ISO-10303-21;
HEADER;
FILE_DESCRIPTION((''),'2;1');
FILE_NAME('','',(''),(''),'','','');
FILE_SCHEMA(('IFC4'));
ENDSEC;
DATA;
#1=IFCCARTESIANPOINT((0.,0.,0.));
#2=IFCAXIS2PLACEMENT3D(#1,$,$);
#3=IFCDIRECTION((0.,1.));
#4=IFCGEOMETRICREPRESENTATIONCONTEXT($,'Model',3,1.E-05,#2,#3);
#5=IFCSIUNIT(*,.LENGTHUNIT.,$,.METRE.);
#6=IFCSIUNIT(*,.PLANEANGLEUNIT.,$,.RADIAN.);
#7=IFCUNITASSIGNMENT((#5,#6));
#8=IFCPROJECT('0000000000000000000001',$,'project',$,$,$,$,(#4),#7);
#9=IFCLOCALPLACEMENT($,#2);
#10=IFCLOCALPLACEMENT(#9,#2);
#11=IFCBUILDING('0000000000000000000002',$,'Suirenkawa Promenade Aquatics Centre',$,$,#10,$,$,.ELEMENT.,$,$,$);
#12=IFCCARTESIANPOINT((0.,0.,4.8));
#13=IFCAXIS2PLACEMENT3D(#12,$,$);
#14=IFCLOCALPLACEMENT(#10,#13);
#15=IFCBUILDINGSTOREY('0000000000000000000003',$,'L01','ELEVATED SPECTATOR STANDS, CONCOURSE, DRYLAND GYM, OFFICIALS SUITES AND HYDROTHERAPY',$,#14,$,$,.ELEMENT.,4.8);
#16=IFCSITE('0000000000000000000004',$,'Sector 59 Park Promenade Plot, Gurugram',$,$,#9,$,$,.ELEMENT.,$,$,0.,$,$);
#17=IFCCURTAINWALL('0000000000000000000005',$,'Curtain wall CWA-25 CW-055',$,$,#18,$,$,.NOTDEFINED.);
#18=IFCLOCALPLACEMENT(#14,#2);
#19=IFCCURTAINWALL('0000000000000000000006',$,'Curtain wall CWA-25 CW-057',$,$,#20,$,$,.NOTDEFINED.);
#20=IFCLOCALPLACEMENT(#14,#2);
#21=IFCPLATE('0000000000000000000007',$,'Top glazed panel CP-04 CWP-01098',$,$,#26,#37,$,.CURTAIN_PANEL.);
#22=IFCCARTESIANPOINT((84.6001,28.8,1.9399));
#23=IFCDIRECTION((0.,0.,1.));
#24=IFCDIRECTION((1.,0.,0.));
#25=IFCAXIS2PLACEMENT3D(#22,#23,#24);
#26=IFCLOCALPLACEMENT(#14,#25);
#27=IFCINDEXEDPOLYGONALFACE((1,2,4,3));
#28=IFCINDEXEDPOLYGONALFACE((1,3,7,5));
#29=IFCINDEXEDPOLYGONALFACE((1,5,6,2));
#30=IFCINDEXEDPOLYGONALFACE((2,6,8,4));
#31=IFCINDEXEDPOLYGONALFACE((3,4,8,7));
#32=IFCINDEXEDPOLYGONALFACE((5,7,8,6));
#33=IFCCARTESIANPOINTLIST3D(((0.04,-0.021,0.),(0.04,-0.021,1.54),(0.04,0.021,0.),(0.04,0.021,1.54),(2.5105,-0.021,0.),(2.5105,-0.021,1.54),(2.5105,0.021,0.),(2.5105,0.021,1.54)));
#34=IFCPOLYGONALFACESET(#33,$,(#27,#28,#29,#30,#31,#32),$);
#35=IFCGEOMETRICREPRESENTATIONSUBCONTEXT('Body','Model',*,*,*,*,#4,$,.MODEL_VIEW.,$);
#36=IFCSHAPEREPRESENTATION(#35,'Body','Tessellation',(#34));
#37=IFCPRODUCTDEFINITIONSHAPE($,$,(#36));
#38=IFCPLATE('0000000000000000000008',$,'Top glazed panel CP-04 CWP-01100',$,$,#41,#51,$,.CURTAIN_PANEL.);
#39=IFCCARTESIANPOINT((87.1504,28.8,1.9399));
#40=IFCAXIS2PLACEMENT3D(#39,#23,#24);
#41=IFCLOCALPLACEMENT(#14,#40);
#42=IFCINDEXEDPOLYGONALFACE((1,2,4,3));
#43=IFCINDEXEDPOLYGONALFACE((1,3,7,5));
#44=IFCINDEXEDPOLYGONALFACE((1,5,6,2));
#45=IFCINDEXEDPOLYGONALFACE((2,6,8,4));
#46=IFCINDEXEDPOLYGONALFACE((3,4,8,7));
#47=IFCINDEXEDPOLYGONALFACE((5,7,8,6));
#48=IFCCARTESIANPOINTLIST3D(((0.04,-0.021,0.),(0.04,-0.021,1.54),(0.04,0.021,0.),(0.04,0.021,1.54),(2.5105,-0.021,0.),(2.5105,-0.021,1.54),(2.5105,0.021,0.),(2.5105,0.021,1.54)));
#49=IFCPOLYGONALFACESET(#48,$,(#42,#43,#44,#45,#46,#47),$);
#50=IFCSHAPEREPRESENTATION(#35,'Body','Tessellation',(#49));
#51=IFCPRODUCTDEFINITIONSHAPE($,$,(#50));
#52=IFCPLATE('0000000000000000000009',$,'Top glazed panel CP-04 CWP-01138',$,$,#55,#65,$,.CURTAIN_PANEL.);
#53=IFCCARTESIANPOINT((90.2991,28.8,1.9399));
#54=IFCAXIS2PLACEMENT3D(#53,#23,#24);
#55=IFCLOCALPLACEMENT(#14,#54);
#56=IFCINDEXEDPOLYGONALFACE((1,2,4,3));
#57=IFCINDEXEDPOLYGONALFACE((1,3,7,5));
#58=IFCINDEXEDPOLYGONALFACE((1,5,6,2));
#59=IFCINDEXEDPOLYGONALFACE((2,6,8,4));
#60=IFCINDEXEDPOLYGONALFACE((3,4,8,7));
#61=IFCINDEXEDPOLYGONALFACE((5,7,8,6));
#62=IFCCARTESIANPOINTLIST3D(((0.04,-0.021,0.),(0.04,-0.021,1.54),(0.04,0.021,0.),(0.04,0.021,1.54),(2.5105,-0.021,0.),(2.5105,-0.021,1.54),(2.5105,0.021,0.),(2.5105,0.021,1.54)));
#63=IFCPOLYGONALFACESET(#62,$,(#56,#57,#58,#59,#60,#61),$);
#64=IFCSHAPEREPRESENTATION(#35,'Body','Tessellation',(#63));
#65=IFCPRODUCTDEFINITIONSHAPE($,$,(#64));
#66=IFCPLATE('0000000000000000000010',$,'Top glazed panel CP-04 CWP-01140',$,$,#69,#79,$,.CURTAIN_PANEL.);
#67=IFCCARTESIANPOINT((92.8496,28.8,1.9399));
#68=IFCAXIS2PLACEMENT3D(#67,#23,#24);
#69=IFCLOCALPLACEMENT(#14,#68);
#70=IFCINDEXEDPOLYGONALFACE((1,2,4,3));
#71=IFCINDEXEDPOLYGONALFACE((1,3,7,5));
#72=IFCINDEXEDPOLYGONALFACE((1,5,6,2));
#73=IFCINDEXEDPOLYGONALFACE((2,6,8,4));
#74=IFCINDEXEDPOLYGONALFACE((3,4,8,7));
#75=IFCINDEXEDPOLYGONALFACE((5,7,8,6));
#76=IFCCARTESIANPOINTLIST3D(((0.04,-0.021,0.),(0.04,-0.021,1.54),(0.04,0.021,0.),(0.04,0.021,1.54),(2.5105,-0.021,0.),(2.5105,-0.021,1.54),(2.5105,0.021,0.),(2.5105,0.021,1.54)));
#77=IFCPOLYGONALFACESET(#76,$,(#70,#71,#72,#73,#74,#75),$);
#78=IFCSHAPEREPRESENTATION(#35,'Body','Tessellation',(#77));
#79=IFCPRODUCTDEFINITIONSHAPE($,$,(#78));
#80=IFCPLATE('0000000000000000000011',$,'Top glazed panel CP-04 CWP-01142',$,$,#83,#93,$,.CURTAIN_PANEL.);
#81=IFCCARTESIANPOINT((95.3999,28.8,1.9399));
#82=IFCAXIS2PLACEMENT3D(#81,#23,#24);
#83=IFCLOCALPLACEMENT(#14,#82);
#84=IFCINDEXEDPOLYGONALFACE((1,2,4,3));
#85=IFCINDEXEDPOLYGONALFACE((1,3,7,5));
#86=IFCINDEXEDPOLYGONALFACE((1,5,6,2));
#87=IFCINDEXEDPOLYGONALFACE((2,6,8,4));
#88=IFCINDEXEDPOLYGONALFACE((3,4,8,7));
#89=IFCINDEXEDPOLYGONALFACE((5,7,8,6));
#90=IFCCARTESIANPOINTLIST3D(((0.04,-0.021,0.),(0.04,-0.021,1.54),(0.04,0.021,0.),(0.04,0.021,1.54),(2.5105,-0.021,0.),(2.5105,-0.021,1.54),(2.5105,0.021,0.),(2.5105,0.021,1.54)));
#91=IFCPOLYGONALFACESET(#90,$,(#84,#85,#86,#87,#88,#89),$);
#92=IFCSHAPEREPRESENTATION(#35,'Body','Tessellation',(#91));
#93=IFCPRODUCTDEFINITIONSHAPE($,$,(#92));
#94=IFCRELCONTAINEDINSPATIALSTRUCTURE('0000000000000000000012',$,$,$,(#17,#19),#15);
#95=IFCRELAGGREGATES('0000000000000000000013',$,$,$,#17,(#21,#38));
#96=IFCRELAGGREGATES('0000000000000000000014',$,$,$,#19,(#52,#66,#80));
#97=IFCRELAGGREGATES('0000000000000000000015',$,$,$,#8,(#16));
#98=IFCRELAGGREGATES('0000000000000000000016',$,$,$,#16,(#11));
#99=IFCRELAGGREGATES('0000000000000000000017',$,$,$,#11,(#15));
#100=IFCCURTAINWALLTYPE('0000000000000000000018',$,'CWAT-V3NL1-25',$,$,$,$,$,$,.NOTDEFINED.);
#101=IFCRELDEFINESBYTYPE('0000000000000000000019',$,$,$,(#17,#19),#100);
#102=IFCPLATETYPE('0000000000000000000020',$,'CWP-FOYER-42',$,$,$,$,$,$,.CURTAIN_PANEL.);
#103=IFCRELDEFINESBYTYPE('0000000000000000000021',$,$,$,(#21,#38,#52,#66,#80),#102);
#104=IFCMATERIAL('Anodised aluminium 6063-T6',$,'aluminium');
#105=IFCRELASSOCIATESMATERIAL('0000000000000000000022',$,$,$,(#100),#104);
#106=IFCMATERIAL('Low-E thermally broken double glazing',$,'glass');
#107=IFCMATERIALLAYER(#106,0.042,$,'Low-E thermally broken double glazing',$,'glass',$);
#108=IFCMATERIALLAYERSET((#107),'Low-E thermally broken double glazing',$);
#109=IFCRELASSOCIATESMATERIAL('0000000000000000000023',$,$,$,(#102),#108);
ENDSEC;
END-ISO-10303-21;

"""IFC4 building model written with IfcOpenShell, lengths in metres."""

from ifc_helpers import new_model, si_unit, direction, frame, origin, place, context, subcontext, project, spatial, polyline, outline, extrude, material, layer, layer_set, type_object, element, aggregate, save


model = new_model("IFC4")

# Units and contexts
model_context = context("Model", 3, precision=1e-05, world=origin(), true_north=direction((0.0, 1.0)))
body_context = subcontext(model_context, "Body", "Model", "MODEL_VIEW")
ifc_project = project(units=[si_unit("LENGTHUNIT", "METRE"), si_unit("PLANEANGLEUNIT", "RADIAN")], contexts=[model_context])

# Site, building, storey
site_placement = place(None, origin())
site = spatial("IfcSite", under=ifc_project, at=site_placement, Name="Sector 59 Park Promenade Plot, Gurugram", CompositionType="ELEMENT", RefElevation=0.0)
building_placement = place(site_placement, origin())
building = spatial("IfcBuilding", under=site, at=building_placement, Name="Suirenkawa Promenade Aquatics Centre", CompositionType="ELEMENT")
storey_placement = place(building_placement, frame((0.0, 0.0, 4.8)))
storey = spatial("IfcBuildingStorey", under=building, at=storey_placement, Name="L01", Description="ELEVATED SPECTATOR STANDS, CONCOURSE, DRYLAND GYM, OFFICIALS SUITES AND HYDROTHERAPY", CompositionType="ELEMENT", Elevation=4.8)

# Curtain walls
ifc_material_1 = material(Name="Anodised aluminium 6063-T6", Category="aluminium")
curtain_wall_type = type_object("IfcCurtainWallType", Name="CWAT-V3NL1-25", PredefinedType="NOTDEFINED", material=ifc_material_1)
curtain_wall_1_placement = place(storey_placement, origin())
curtain_wall_1 = element("IfcCurtainWall", 1, at=curtain_wall_1_placement, inside=storey, type_object=curtain_wall_type, Name="Curtain wall CWA-25 CW-055", PredefinedType="NOTDEFINED")
curtain_wall_2_placement = place(storey_placement, origin())
curtain_wall_2 = element("IfcCurtainWall", 2, at=curtain_wall_2_placement, inside=storey, type_object=curtain_wall_type, Name="Curtain wall CWA-25 CW-057", PredefinedType="NOTDEFINED")

# Plates
ifc_material_2 = material(Name="Low-E thermally broken double glazing", Category="glass")
ifc_layer_1 = layer(ifc_material_2, 0.042, Name="Low-E thermally broken double glazing", Category="glass")
ifc_layer_set_1 = layer_set([ifc_layer_1], Name="Low-E thermally broken double glazing")
plate_type = type_object("IfcPlateType", Name="CWP-FOYER-42", PredefinedType="CURTAIN_PANEL", material=ifc_layer_set_1)
plate_1_placement = place(storey_placement, frame((84.6001, 28.8, 1.9399), z_axis=(0.0, 0.0, 1.0), x_axis=(1.0, 0.0, 0.0)))
plate_1 = element("IfcPlate", 3, at=plate_1_placement, type_object=plate_type, Name="Top glazed panel CP-04 CWP-01098", PredefinedType="CURTAIN_PANEL", context=body_context, shape_type="SweptSolid", body=[
    extrude(outline(polyline([(0.04, 0.0), (2.5105, 0.0), (2.5105, 1.54), (0.04, 1.54), (0.04, 0.0)])), frame((0.0, 0.021, 0.0), z_axis=(0.0, -1.0, 0.0), x_axis=(1.0, 0.0, 0.0)), (0.0, 0.0, 1.0), 0.042),
])
plate_2_placement = place(storey_placement, frame((87.1504, 28.8, 1.9399), z_axis=(0.0, 0.0, 1.0), x_axis=(1.0, 0.0, 0.0)))
plate_2 = element("IfcPlate", 4, at=plate_2_placement, type_object=plate_type, Name="Top glazed panel CP-04 CWP-01100", PredefinedType="CURTAIN_PANEL", context=body_context, shape_type="SweptSolid", body=[
    extrude(outline(polyline([(0.04, 0.0), (2.5105, 0.0), (2.5105, 1.54), (0.04, 1.54), (0.04, 0.0)])), frame((0.0, 0.021, 0.0), z_axis=(0.0, -1.0, 0.0), x_axis=(1.0, 0.0, 0.0)), (0.0, 0.0, 1.0), 0.042),
])
aggregate(curtain_wall_1, [plate_1, plate_2])
plate_3_placement = place(storey_placement, frame((90.2991, 28.8, 1.9399), z_axis=(0.0, 0.0, 1.0), x_axis=(1.0, 0.0, 0.0)))
plate_3 = element("IfcPlate", 5, at=plate_3_placement, type_object=plate_type, Name="Top glazed panel CP-04 CWP-01138", PredefinedType="CURTAIN_PANEL", context=body_context, shape_type="SweptSolid", body=[
    extrude(outline(polyline([(0.04, 0.0), (2.5105, 0.0), (2.5105, 1.54), (0.04, 1.54), (0.04, 0.0)])), frame((0.0, 0.021, 0.0), z_axis=(0.0, -1.0, 0.0), x_axis=(1.0, 0.0, 0.0)), (0.0, 0.0, 1.0), 0.042),
])
plate_4_placement = place(storey_placement, frame((92.8496, 28.8, 1.9399), z_axis=(0.0, 0.0, 1.0), x_axis=(1.0, 0.0, 0.0)))
plate_4 = element("IfcPlate", 6, at=plate_4_placement, type_object=plate_type, Name="Top glazed panel CP-04 CWP-01140", PredefinedType="CURTAIN_PANEL", context=body_context, shape_type="SweptSolid", body=[
    extrude(outline(polyline([(0.04, 0.0), (2.5105, 0.0), (2.5105, 1.54), (0.04, 1.54), (0.04, 0.0)])), frame((0.0, 0.021, 0.0), z_axis=(0.0, -1.0, 0.0), x_axis=(1.0, 0.0, 0.0)), (0.0, 0.0, 1.0), 0.042),
])
plate_5_placement = place(storey_placement, frame((95.3999, 28.8, 1.9399), z_axis=(0.0, 0.0, 1.0), x_axis=(1.0, 0.0, 0.0)))
plate_5 = element("IfcPlate", 7, at=plate_5_placement, type_object=plate_type, Name="Top glazed panel CP-04 CWP-01142", PredefinedType="CURTAIN_PANEL", context=body_context, shape_type="SweptSolid", body=[
    extrude(outline(polyline([(0.04, 0.0), (2.5105, 0.0), (2.5105, 1.54), (0.04, 1.54), (0.04, 0.0)])), frame((0.0, 0.021, 0.0), z_axis=(0.0, -1.0, 0.0), x_axis=(1.0, 0.0, 0.0)), (0.0, 0.0, 1.0), 0.042),
])
aggregate(curtain_wall_2, [plate_3, plate_4, plate_5])

save(model, "model.ifc")
